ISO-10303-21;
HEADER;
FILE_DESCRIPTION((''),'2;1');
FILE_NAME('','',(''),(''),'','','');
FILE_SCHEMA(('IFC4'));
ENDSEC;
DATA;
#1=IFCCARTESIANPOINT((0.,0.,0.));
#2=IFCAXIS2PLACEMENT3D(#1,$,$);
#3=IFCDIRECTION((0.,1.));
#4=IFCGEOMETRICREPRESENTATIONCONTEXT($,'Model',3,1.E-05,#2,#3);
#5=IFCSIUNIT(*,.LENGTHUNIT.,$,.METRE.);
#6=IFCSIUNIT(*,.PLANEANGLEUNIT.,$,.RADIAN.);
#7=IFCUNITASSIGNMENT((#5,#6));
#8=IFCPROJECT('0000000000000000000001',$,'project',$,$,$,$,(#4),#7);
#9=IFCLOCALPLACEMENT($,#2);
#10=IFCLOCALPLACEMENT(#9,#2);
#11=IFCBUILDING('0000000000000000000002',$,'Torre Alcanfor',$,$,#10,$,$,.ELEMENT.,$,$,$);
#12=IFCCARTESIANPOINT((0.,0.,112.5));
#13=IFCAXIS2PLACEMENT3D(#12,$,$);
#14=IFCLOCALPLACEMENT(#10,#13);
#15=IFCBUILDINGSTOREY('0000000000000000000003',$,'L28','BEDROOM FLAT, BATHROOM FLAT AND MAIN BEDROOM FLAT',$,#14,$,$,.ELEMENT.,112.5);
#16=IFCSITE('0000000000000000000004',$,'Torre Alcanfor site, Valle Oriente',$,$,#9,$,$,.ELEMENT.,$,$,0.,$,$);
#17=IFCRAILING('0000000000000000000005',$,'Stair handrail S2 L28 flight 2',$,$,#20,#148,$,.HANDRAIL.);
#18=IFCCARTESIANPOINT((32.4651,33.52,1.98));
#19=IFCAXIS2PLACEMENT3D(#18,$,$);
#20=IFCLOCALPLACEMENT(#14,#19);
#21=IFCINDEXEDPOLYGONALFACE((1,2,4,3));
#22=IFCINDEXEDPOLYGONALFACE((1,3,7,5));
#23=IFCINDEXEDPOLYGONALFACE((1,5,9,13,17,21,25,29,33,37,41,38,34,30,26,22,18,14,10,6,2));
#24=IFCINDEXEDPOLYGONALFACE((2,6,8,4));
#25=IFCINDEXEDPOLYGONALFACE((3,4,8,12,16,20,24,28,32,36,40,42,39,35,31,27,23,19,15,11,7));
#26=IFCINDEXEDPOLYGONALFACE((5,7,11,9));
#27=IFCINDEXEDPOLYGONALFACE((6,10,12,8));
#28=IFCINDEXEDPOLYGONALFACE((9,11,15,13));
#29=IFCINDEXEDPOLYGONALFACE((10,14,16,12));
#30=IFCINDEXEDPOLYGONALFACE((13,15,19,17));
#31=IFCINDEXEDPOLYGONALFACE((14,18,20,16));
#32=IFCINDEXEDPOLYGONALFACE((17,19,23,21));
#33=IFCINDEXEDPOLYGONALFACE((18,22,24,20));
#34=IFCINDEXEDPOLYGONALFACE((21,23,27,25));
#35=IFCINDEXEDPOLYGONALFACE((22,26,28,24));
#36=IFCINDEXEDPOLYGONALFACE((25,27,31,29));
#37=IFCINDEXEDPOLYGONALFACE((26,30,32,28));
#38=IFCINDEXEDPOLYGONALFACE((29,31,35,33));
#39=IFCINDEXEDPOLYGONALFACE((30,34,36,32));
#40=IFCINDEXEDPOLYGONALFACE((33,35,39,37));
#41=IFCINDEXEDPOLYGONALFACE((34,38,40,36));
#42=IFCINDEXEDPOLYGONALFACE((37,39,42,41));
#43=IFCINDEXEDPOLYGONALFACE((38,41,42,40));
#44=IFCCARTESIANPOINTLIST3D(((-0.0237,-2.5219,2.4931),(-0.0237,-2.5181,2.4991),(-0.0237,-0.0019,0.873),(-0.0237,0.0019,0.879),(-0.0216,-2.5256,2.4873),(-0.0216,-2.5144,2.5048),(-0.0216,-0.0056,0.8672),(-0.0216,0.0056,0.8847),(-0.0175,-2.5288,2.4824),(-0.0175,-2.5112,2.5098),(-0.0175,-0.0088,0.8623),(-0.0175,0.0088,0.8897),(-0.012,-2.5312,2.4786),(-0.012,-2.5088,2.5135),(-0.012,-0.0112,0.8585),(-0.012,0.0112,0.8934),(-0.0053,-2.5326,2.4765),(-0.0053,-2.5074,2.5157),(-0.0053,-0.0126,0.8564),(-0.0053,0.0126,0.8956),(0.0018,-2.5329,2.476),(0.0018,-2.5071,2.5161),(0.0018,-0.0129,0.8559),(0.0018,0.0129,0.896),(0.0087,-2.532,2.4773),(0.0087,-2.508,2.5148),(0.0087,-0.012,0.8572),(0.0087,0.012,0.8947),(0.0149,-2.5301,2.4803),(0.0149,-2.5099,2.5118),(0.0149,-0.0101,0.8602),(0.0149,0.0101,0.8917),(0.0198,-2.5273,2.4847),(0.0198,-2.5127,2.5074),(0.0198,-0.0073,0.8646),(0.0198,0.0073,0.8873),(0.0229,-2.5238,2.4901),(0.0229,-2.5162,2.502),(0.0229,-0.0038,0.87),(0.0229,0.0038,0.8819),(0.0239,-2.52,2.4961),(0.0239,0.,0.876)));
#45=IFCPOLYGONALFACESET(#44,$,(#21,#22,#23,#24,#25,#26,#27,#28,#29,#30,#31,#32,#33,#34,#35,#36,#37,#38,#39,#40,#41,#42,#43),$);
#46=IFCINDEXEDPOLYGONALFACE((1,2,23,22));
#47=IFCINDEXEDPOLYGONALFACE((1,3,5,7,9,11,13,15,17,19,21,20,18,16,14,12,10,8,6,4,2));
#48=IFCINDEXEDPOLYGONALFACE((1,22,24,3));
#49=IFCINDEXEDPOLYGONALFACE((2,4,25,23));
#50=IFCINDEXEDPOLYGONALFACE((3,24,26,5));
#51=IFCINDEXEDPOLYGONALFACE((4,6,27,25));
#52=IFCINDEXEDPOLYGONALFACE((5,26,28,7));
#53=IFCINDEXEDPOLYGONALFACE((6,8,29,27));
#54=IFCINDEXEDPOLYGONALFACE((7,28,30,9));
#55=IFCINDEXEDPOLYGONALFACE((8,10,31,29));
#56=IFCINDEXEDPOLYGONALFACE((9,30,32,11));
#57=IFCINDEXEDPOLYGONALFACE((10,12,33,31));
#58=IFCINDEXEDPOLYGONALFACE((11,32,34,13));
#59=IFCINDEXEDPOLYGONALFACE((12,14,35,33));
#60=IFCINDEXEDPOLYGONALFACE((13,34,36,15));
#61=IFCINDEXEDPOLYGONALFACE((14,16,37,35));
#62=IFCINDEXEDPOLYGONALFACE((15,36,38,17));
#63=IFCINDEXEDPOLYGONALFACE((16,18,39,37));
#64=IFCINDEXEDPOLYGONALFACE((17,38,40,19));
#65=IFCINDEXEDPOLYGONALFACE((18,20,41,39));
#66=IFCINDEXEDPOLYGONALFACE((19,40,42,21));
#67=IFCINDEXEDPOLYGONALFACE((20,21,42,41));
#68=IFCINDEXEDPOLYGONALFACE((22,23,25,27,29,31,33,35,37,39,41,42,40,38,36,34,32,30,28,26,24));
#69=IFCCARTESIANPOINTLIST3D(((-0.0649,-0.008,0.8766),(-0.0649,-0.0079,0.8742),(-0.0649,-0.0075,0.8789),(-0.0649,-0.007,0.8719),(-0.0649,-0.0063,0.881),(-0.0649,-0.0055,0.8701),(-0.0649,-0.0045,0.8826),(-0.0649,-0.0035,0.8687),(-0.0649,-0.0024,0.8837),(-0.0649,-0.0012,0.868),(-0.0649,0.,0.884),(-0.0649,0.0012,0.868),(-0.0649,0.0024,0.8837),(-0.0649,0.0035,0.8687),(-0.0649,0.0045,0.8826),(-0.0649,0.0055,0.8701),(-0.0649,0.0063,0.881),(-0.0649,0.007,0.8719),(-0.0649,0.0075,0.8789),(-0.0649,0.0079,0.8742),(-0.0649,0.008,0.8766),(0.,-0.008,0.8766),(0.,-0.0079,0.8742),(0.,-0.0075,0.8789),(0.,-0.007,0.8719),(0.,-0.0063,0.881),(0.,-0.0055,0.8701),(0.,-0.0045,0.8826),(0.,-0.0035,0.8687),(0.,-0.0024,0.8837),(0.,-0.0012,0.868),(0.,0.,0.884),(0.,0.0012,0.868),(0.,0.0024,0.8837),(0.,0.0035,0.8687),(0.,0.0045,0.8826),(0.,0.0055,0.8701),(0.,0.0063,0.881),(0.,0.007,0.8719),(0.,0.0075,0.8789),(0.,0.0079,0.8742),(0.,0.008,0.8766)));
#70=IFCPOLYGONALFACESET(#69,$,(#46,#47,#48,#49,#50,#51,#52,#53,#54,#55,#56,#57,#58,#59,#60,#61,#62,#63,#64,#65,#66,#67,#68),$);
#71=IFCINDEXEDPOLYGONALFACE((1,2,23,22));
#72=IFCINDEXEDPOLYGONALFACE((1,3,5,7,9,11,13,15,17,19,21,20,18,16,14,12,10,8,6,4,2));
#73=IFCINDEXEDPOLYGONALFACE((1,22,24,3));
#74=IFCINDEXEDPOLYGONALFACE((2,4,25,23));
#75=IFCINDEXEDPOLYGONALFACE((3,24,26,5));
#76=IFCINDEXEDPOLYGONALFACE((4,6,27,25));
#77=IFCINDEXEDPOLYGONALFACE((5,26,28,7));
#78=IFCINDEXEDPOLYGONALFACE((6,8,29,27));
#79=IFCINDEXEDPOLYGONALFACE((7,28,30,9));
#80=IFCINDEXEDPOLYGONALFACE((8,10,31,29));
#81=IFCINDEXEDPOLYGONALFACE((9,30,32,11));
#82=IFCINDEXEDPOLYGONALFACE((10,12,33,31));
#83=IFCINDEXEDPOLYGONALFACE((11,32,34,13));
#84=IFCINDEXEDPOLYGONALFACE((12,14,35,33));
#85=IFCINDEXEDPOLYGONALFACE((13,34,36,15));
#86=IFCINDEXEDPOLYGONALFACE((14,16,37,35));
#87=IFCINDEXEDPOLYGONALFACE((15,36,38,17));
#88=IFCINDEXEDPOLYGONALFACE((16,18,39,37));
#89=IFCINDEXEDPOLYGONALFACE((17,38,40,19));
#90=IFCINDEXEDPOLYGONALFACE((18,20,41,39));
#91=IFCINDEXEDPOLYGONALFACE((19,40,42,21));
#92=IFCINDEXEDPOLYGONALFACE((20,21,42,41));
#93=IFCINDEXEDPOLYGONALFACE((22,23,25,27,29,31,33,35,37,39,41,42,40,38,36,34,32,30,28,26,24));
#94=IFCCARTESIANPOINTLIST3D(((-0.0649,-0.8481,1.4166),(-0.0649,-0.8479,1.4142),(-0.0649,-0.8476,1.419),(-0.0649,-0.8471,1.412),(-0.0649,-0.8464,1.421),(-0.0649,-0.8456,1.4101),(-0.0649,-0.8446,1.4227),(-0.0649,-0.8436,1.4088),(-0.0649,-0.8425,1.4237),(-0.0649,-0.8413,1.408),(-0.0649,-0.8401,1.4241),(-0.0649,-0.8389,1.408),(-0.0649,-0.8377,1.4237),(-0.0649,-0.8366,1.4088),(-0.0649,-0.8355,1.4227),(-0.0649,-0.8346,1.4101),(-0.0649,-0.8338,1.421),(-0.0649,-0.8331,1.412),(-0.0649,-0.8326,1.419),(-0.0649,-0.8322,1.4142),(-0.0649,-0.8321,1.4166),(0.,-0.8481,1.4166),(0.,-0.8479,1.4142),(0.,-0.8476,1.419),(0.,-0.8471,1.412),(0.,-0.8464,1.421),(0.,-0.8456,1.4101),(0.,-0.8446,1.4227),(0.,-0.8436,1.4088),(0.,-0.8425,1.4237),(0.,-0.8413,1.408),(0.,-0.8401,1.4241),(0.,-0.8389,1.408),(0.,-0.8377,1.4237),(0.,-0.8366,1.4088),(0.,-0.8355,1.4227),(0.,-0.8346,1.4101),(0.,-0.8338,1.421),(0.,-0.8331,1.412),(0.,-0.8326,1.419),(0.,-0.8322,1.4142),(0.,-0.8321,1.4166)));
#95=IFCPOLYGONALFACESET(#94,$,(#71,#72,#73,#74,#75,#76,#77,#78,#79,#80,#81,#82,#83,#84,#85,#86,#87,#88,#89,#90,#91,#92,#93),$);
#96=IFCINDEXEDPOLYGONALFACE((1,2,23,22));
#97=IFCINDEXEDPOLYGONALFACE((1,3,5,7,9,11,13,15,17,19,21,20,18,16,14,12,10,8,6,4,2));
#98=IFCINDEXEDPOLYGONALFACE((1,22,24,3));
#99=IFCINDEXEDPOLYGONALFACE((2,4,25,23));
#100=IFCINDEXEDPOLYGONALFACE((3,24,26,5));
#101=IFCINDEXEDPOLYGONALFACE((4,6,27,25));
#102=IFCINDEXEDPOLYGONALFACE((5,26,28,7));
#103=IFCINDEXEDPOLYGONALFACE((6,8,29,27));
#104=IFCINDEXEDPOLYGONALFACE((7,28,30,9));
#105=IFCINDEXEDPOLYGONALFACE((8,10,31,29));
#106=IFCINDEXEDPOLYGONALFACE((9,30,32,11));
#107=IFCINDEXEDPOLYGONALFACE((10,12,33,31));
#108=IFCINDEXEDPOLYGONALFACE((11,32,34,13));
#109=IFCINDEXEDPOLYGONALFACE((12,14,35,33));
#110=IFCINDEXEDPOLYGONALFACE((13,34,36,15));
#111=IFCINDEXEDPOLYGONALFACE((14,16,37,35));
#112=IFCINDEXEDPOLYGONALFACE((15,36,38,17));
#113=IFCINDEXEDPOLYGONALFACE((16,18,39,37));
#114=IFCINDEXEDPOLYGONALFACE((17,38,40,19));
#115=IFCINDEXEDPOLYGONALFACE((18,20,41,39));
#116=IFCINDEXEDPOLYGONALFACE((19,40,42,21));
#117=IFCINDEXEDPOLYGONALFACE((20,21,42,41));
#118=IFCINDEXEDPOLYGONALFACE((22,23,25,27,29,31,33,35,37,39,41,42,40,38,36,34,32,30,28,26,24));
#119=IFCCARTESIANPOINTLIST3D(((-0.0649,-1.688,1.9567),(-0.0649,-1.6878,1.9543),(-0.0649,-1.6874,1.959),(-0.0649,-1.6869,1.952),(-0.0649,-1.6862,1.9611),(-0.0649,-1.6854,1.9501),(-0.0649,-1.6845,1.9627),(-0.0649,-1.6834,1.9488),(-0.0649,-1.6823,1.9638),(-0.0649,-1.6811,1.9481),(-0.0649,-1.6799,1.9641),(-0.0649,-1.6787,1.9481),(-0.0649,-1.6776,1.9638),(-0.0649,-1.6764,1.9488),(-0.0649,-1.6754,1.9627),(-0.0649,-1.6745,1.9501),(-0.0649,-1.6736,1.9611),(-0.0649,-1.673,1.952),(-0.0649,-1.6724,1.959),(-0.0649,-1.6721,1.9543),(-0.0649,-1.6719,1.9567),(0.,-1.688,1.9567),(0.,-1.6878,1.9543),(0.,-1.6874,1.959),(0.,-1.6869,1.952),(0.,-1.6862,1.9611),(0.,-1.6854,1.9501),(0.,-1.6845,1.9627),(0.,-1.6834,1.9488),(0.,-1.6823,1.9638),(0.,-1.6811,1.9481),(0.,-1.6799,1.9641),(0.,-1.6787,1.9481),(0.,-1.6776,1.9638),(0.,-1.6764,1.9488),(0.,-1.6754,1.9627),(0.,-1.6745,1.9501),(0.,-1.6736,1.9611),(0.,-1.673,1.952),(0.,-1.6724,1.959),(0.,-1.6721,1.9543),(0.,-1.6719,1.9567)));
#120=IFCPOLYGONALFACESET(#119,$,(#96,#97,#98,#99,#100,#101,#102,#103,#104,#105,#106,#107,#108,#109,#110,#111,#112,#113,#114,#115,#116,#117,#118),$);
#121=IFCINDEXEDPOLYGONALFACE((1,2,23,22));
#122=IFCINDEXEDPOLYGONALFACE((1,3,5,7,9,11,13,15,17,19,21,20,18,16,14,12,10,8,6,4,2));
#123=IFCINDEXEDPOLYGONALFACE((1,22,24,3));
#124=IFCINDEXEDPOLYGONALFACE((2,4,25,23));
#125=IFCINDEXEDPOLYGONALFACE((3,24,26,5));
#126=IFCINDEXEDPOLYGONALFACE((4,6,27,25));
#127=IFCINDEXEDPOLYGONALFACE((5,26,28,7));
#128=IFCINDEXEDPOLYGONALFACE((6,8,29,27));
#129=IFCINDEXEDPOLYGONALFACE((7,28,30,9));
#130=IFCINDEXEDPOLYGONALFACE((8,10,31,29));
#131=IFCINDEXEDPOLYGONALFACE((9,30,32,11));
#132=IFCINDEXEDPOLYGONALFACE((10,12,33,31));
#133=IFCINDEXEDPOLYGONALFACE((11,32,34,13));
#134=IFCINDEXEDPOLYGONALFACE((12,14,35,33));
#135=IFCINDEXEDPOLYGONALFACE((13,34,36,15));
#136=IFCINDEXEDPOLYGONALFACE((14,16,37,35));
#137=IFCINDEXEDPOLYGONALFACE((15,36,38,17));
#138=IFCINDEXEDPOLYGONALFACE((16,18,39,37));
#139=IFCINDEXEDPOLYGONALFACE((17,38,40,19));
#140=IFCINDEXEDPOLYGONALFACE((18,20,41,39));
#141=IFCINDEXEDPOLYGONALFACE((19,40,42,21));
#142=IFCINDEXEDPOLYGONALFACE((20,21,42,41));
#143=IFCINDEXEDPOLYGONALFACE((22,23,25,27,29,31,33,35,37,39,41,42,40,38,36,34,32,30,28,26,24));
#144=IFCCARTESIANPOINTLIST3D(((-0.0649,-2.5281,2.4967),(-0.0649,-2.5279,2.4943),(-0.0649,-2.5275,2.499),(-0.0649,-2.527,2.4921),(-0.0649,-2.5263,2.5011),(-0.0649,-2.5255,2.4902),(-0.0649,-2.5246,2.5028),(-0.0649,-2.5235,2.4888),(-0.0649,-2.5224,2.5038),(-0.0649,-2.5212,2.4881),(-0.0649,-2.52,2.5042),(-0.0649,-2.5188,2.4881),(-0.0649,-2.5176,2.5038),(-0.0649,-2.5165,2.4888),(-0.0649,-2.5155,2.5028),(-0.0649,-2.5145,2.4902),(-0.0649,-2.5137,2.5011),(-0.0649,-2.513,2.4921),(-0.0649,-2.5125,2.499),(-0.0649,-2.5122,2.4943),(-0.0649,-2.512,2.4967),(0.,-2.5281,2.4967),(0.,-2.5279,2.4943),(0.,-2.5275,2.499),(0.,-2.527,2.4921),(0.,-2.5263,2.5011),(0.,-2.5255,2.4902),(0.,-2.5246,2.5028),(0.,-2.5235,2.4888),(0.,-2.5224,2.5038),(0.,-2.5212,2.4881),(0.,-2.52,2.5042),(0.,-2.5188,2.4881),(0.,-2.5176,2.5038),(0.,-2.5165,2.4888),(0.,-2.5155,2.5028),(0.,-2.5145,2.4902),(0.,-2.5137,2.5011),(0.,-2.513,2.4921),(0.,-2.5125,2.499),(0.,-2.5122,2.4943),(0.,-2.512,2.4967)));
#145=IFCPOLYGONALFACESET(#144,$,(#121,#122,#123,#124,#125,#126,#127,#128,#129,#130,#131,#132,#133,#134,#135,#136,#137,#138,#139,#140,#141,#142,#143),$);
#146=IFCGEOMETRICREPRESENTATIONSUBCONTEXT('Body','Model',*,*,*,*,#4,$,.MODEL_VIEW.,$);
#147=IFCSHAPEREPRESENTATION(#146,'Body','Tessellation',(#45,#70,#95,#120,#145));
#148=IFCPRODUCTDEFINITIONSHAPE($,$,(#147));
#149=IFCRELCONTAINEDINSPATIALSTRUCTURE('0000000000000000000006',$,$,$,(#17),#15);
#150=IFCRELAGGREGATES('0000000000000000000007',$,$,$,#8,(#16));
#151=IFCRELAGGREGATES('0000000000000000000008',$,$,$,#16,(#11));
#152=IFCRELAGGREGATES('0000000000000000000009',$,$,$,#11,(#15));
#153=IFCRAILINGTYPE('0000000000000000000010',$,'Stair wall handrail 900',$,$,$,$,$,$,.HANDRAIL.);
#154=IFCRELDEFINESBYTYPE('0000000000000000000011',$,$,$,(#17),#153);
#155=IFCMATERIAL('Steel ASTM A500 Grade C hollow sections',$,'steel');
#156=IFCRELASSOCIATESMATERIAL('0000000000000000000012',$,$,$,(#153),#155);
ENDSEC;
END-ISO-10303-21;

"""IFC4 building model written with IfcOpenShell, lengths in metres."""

from ifc_helpers import new_model, si_unit, direction, frame, origin, origin_2d, place, context, subcontext, project, spatial, circle, extrude, material, type_object, element, save


model = new_model("IFC4")

# Units and contexts
model_context = context("Model", 3, precision=1e-05, world=origin(), true_north=direction((0.0, 1.0)))
body_context = subcontext(model_context, "Body", "Model", "MODEL_VIEW")
ifc_project = project(units=[si_unit("LENGTHUNIT", "METRE"), si_unit("PLANEANGLEUNIT", "RADIAN")], contexts=[model_context])

# Site, building, storey
site_placement = place(None, origin())
site = spatial("IfcSite", under=ifc_project, at=site_placement, Name="Torre Alcanfor site, Valle Oriente", CompositionType="ELEMENT", RefElevation=0.0)
building_placement = place(site_placement, origin())
building = spatial("IfcBuilding", under=site, at=building_placement, Name="Torre Alcanfor", CompositionType="ELEMENT")
storey_placement = place(building_placement, frame((0.0, 0.0, 112.5)))
storey = spatial("IfcBuildingStorey", under=building, at=storey_placement, Name="L28", Description="BEDROOM FLAT, BATHROOM FLAT AND MAIN BEDROOM FLAT", CompositionType="ELEMENT", Elevation=112.5)

# Railing
ifc_material_1 = material(Name="Steel ASTM A500 Grade C hollow sections", Category="steel")
railing_type_1 = type_object("IfcRailingType", Name="Stair wall handrail 900", PredefinedType="HANDRAIL", material=ifc_material_1)
railing_1_placement = place(storey_placement, frame((32.4651, 33.52, 1.98)))
element("IfcRailing", 1, at=railing_1_placement, inside=storey, type_object=railing_type_1, Name="Stair handrail S2 L28 flight 2", PredefinedType="HANDRAIL", context=body_context, shape_type="SweptSolid", body=[
    extrude(circle(Radius=0.0239, at=origin_2d()), frame((0.0, 0.0, 0.876), z_axis=(0.0, -0.841163, 0.540782), x_axis=(1.0, 0.0, 0.0)), (0.0, 0.0, 1.0), 2.9958),
    extrude(circle(Radius=0.0081, at=origin_2d()), frame((0.0, 0.0, 0.876), z_axis=(-1.0, 0.0, 0.0), x_axis=(0.0, 0.0, 1.0)), (0.0, 0.0, 1.0), 0.0649),
    extrude(circle(Radius=0.0081, at=origin_2d()), frame((0.0, -0.8401, 1.416), z_axis=(-1.0, 0.0, 0.0), x_axis=(0.0, 0.0, 1.0)), (0.0, 0.0, 1.0), 0.0649),
    extrude(circle(Radius=0.0081, at=origin_2d()), frame((0.0, -1.6799, 1.9561), z_axis=(-1.0, 0.0, 0.0), x_axis=(0.0, 0.0, 1.0)), (0.0, 0.0, 1.0), 0.0649),
    extrude(circle(Radius=0.0081, at=origin_2d()), frame((0.0, -2.52, 2.4961), z_axis=(-1.0, 0.0, 0.0), x_axis=(0.0, 0.0, 1.0)), (0.0, 0.0, 1.0), 0.0649),
])

save(model, "model.ifc")
